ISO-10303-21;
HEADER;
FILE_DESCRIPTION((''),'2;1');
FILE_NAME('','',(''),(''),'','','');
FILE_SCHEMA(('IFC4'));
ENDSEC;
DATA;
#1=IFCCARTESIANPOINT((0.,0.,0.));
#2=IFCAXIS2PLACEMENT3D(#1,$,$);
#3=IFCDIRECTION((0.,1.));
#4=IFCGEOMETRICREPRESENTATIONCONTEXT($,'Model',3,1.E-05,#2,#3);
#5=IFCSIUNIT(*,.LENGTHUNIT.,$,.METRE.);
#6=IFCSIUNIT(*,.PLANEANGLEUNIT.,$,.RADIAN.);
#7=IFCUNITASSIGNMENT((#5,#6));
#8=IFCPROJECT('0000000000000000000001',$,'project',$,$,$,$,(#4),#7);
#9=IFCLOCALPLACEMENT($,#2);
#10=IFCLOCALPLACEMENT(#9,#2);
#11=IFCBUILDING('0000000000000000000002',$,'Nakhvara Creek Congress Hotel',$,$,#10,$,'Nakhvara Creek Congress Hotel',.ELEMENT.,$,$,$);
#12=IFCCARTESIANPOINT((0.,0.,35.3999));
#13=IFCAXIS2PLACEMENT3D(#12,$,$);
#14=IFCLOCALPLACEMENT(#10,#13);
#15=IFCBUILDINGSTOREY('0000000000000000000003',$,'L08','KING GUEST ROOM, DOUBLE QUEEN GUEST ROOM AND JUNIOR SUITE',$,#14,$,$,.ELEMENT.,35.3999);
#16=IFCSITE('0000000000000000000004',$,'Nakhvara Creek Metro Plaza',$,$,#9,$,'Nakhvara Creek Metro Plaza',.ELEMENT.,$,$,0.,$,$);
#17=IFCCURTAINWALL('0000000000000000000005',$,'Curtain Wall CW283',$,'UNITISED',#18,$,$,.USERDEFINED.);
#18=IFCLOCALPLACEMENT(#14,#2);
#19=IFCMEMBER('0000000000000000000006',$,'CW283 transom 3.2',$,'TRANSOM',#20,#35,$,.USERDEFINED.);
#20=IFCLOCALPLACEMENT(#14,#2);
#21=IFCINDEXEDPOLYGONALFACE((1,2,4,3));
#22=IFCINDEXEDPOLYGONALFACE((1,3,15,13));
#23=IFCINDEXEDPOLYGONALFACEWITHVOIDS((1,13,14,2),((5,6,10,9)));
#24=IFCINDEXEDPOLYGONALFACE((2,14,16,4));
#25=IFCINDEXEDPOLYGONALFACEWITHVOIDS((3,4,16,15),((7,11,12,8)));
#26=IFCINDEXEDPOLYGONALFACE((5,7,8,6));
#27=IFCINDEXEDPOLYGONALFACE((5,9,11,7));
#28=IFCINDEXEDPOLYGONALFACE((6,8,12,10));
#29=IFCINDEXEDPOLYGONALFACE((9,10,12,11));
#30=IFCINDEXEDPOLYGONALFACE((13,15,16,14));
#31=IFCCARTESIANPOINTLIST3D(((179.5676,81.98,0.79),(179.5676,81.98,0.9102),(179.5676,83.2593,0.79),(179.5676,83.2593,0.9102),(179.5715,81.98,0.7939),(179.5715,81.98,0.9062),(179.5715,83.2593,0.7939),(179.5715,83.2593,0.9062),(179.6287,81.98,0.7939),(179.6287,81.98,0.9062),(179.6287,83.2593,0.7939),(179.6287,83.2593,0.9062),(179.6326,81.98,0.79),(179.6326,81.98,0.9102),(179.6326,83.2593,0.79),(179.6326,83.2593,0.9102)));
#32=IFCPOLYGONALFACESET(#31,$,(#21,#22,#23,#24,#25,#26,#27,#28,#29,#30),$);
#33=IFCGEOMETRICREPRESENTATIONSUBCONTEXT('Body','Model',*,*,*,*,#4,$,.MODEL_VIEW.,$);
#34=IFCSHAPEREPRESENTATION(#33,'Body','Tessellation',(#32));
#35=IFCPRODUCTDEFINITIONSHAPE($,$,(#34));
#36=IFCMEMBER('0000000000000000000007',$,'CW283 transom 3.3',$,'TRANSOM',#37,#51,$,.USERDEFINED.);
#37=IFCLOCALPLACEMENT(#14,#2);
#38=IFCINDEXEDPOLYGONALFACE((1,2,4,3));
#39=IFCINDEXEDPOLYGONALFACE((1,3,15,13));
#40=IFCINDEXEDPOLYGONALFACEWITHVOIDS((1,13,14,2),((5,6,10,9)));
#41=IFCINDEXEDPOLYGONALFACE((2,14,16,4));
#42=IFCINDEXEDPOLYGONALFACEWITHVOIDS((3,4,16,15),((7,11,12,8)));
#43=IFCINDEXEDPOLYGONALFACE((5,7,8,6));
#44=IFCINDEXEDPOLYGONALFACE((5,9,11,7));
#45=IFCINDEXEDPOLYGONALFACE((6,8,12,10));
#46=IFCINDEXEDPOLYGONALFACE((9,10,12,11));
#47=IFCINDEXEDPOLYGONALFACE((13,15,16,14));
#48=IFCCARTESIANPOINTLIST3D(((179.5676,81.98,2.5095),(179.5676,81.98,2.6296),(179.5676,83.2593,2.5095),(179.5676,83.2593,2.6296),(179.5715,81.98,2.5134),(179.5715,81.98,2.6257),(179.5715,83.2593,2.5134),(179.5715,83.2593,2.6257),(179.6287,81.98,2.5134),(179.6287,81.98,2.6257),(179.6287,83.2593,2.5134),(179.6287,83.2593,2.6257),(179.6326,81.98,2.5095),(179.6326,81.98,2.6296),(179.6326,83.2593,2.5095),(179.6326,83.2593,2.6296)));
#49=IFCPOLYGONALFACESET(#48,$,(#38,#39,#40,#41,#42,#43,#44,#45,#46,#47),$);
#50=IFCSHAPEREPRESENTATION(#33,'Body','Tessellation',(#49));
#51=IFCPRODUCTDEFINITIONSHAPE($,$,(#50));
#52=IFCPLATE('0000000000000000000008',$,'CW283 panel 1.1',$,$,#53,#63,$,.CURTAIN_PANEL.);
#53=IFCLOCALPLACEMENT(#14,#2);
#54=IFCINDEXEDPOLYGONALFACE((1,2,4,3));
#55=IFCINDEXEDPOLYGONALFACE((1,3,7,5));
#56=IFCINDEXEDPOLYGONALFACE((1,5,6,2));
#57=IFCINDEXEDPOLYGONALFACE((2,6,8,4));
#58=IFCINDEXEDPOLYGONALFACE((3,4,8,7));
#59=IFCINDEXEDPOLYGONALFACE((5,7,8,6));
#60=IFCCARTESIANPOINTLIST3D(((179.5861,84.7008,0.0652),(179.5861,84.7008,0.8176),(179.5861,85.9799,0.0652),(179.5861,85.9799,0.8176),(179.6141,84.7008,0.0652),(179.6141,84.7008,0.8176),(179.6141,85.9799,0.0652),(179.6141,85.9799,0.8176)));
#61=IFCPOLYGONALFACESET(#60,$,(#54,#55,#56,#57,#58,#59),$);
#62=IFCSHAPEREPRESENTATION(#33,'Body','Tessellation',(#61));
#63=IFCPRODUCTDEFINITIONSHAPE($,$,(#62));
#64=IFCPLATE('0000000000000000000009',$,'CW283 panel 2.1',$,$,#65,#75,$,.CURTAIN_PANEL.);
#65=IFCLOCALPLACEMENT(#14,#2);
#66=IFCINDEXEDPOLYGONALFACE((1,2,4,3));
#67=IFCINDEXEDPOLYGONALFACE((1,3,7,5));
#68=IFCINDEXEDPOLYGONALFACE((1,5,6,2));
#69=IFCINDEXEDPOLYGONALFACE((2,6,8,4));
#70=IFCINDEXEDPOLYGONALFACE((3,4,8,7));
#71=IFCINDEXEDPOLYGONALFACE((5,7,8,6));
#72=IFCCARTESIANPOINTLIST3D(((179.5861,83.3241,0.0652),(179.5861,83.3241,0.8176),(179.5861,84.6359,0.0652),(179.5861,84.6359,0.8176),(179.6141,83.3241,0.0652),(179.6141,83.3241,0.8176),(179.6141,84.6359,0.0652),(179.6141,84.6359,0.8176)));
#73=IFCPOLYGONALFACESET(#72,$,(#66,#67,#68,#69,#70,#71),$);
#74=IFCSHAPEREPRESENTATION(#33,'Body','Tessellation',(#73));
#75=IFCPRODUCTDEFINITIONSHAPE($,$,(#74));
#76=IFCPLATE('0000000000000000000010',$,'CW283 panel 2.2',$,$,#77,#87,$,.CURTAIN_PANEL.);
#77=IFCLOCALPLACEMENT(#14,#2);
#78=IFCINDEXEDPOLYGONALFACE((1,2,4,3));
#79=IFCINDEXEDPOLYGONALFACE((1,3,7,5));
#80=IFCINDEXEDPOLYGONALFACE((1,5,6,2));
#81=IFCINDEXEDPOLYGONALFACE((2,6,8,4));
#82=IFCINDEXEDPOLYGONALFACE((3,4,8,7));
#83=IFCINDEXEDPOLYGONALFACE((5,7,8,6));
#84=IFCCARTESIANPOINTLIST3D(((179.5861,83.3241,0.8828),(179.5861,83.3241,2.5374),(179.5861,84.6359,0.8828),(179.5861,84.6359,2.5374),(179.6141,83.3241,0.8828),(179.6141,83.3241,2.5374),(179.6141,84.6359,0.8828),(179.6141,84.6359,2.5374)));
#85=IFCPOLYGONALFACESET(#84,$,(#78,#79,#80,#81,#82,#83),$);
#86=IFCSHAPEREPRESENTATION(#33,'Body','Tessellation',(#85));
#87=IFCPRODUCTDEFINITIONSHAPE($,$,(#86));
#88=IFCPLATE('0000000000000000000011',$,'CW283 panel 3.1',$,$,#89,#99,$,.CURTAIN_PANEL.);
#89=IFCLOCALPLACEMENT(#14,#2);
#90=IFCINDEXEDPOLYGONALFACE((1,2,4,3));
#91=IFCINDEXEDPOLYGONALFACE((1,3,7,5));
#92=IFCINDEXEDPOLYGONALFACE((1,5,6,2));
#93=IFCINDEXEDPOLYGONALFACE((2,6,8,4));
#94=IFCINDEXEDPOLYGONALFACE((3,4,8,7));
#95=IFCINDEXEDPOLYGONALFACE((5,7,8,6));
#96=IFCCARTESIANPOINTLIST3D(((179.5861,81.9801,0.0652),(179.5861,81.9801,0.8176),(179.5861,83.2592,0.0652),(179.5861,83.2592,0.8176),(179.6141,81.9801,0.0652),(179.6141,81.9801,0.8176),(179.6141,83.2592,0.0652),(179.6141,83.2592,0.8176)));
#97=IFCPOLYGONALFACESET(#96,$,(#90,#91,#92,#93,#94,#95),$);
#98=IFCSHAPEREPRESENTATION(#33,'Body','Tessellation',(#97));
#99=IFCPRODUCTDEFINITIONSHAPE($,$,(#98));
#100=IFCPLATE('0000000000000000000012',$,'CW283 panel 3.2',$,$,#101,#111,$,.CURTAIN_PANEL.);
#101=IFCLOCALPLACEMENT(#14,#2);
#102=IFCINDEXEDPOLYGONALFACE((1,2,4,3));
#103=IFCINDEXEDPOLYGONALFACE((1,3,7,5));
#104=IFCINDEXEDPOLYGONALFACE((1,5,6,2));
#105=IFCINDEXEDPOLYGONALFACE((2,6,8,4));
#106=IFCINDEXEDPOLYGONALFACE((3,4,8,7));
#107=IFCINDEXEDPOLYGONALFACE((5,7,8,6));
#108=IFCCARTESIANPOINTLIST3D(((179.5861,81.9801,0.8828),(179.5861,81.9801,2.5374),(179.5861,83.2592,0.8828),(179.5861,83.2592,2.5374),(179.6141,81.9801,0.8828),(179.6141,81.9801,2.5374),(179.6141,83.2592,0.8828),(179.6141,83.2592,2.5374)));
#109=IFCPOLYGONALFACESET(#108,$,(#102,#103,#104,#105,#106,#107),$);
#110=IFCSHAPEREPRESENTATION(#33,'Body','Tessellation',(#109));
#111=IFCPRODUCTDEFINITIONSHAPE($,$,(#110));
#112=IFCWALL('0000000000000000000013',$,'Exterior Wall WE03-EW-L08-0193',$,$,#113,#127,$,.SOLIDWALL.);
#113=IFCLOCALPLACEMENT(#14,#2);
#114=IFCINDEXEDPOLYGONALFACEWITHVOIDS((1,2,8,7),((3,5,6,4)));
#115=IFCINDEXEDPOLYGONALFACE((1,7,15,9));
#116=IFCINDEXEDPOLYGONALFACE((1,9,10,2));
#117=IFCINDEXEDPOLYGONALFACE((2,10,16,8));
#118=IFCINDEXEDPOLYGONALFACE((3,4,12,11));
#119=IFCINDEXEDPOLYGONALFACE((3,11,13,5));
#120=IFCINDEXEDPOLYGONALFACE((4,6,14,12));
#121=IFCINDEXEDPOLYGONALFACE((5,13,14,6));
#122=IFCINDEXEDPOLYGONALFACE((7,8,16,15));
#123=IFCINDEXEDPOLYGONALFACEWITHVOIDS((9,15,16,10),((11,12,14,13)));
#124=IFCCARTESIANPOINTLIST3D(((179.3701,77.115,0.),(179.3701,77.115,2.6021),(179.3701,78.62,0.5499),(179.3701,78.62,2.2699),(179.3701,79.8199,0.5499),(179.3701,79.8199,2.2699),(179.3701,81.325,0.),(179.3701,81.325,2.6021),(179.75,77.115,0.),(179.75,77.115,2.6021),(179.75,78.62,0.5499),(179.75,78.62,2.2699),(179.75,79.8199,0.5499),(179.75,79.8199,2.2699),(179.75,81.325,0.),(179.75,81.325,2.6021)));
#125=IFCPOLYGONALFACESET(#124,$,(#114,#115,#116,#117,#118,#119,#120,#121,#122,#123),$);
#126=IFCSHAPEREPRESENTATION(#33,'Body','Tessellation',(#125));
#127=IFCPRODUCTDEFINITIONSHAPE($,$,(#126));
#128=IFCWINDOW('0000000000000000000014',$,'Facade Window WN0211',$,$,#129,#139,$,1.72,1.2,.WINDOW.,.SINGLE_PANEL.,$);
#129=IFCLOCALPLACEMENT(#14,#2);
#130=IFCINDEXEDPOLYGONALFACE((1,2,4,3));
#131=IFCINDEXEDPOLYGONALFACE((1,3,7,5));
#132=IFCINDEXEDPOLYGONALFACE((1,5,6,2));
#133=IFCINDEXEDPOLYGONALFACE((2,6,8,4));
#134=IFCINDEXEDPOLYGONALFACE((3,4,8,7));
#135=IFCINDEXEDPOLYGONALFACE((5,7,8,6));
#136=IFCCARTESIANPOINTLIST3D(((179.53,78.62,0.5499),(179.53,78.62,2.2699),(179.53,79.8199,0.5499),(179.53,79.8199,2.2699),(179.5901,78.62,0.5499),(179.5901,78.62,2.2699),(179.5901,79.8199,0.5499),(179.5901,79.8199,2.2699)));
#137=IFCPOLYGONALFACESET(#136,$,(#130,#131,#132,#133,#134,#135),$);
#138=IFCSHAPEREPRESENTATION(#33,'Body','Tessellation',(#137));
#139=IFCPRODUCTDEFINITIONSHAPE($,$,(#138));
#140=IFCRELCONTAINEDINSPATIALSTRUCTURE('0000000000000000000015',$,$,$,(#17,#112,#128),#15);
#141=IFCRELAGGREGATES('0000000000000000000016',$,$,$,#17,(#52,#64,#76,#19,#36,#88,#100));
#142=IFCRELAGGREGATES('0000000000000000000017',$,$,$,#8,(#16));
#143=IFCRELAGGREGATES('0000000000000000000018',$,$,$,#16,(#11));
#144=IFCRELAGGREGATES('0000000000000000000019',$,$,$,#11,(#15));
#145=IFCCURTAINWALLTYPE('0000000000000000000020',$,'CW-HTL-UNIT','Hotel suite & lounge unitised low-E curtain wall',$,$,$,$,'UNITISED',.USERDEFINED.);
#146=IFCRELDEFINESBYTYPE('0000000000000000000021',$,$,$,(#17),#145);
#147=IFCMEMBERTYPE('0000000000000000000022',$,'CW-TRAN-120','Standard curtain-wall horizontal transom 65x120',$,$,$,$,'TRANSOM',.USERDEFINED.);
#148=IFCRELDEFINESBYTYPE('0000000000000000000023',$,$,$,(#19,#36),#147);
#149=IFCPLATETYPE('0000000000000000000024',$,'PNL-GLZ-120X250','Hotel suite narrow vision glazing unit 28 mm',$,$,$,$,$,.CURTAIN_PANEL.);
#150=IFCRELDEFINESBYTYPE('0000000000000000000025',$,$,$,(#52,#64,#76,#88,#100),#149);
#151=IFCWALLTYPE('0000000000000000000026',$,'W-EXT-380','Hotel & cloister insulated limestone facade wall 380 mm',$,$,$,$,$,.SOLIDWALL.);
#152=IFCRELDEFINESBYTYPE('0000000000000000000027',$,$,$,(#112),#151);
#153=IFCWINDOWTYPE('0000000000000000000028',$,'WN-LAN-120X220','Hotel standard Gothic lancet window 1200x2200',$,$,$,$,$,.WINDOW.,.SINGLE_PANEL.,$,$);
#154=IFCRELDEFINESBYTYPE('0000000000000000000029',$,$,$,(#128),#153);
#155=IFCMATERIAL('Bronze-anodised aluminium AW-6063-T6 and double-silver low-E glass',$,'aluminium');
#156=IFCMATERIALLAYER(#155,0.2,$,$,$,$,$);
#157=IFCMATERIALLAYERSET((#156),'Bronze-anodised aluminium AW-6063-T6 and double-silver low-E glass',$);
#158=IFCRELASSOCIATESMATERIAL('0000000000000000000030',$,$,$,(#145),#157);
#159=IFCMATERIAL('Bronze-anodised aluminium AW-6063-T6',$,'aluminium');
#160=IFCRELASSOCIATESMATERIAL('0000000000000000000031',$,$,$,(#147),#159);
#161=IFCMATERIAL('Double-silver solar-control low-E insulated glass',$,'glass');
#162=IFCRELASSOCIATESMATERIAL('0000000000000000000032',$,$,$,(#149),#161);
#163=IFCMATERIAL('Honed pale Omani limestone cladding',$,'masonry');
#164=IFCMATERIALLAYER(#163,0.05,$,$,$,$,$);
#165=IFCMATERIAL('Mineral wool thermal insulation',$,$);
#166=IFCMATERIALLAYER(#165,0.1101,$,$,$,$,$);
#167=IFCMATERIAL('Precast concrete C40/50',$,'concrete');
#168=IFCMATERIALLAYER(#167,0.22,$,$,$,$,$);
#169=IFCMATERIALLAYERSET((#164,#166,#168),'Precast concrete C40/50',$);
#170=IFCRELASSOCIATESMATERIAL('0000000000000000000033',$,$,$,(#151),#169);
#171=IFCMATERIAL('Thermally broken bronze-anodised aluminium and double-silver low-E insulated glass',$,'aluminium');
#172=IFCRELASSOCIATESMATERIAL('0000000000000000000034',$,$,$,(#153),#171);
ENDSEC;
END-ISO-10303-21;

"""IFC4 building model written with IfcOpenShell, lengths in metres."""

from ifc_helpers import new_model, si_unit, direction, frame, frame_2d, origin, origin_2d, place, context, subcontext, project, spatial, rectangle, hollow_rectangle, extrude, material, layer, layer_set, material_profile, profile_set, type_object, element, fill, aggregate, save


model = new_model("IFC4")

# Units and contexts
model_context = context("Model", 3, precision=1e-05, world=origin(), true_north=direction((0.0, 1.0)))
body_context = subcontext(model_context, "Body", "Model", "MODEL_VIEW")
ifc_project = project(units=[si_unit("LENGTHUNIT", "METRE"), si_unit("PLANEANGLEUNIT", "RADIAN")], contexts=[model_context])

# Site, building, storey
site_placement = place(None, origin())
site = spatial("IfcSite", under=ifc_project, at=site_placement, Name="Nakhvara Creek Metro Plaza", LongName="Nakhvara Creek Metro Plaza", CompositionType="ELEMENT", RefElevation=0.0)
building_placement = place(site_placement, origin())
building = spatial("IfcBuilding", under=site, at=building_placement, Name="Nakhvara Creek Congress Hotel", LongName="Nakhvara Creek Congress Hotel", CompositionType="ELEMENT")
storey_placement = place(building_placement, frame((0.0, 0.0, 35.3999)))
storey = spatial("IfcBuildingStorey", under=building, at=storey_placement, Name="L08", Description="KING GUEST ROOM, DOUBLE QUEEN GUEST ROOM AND JUNIOR SUITE", CompositionType="ELEMENT", Elevation=35.3999)

# Curtain wall, members, plates
ifc_material_1 = material(Name="Bronze-anodised aluminium AW-6063-T6 and double-silver low-E glass", Category="aluminium")
ifc_layer_1 = layer(ifc_material_1, 0.2)
ifc_layer_set_1 = layer_set([ifc_layer_1], Name="Bronze-anodised aluminium AW-6063-T6 and double-silver low-E glass")
curtain_wall_type = type_object("IfcCurtainWallType", Name="CW-HTL-UNIT", Description="Hotel suite & lounge unitised low-E curtain wall", ElementType="UNITISED", PredefinedType="USERDEFINED", material=ifc_layer_set_1)
curtain_wall_placement = place(storey_placement, origin())
curtain_wall = element("IfcCurtainWall", 1, at=curtain_wall_placement, inside=storey, type_object=curtain_wall_type, Name="Curtain Wall CW283", ObjectType="UNITISED", PredefinedType="USERDEFINED")
ifc_material_2 = material(Name="Bronze-anodised aluminium AW-6063-T6", Category="aluminium")
ifc_material_profile_1 = material_profile(ifc_material_2, hollow_rectangle(XDim=0.0649, YDim=0.1201, WallThickness=0.0039, at=origin_2d()), Name="ALU-TRAN 65x120x4", Category="LoadBearing")
ifc_profile_set_1 = profile_set([ifc_material_profile_1], Name="Bronze-anodised aluminium AW-6063-T6")
member_type_1 = type_object("IfcMemberType", Name="CW-TRAN-120", Description="Standard curtain-wall horizontal transom 65x120", ElementType="TRANSOM", PredefinedType="USERDEFINED", material=ifc_profile_set_1)
member_1_placement = place(storey_placement, frame((179.6001, 83.2593, 0.8501), z_axis=(0.0, -1.0, 0.0), x_axis=(1.0, 0.0, 0.0)))
member_1 = element("IfcMember", 2, at=member_1_placement, type_object=member_type_1, Name="CW283 transom 3.2", ObjectType="TRANSOM", PredefinedType="USERDEFINED", context=body_context, shape_type="SweptSolid", body=[
    extrude(hollow_rectangle(XDim=0.0649, YDim=0.1201, WallThickness=0.0039, at=origin_2d()), origin(), (0.0, 0.0, 1.0), 1.2793),
])
member_2_placement = place(storey_placement, frame((179.6001, 83.2593, 2.5696), z_axis=(0.0, -1.0, 0.0), x_axis=(1.0, 0.0, 0.0)))
member_2 = element("IfcMember", 3, at=member_2_placement, type_object=member_type_1, Name="CW283 transom 3.3", ObjectType="TRANSOM", PredefinedType="USERDEFINED", context=body_context, shape_type="SweptSolid", body=[
    extrude(hollow_rectangle(XDim=0.0649, YDim=0.1201, WallThickness=0.0039, at=origin_2d()), origin(), (0.0, 0.0, 1.0), 1.2793),
])
ifc_material_3 = material(Name="Double-silver solar-control low-E insulated glass", Category="glass")
plate_type = type_object("IfcPlateType", Name="PNL-GLZ-120X250", Description="Hotel suite narrow vision glazing unit 28 mm", PredefinedType="CURTAIN_PANEL", material=ifc_material_3)
plate_1_placement = place(storey_placement, frame((179.6001, 85.3403, 0.0652), z_axis=(0.0, 0.0, 1.0), x_axis=(0.0, -1.0, 0.0)))
plate_1 = element("IfcPlate", 4, at=plate_1_placement, type_object=plate_type, Name="CW283 panel 1.1", PredefinedType="CURTAIN_PANEL", context=body_context, shape_type="SweptSolid", body=[
    extrude(rectangle(XDim=1.2791, YDim=0.0281, at=origin_2d()), origin(), (0.0, 0.0, 1.0), 0.7524),
])
plate_2_placement = place(storey_placement, frame((179.6001, 83.98, 0.0652), z_axis=(0.0, 0.0, 1.0), x_axis=(0.0, -1.0, 0.0)))
plate_2 = element("IfcPlate", 5, at=plate_2_placement, type_object=plate_type, Name="CW283 panel 2.1", PredefinedType="CURTAIN_PANEL", context=body_context, shape_type="SweptSolid", body=[
    extrude(rectangle(XDim=1.3118, YDim=0.0281, at=origin_2d()), origin(), (0.0, 0.0, 1.0), 0.7524),
])
plate_3_placement = place(storey_placement, frame((179.6001, 83.98, 0.8828), z_axis=(0.0, 0.0, 1.0), x_axis=(0.0, -1.0, 0.0)))
plate_3 = element("IfcPlate", 6, at=plate_3_placement, type_object=plate_type, Name="CW283 panel 2.2", PredefinedType="CURTAIN_PANEL", context=body_context, shape_type="SweptSolid", body=[
    extrude(rectangle(XDim=1.3118, YDim=0.0281, at=origin_2d()), origin(), (0.0, 0.0, 1.0), 1.6545),
])
plate_4_placement = place(storey_placement, frame((179.6001, 82.6196, 0.0652), z_axis=(0.0, 0.0, 1.0), x_axis=(0.0, -1.0, 0.0)))
plate_4 = element("IfcPlate", 7, at=plate_4_placement, type_object=plate_type, Name="CW283 panel 3.1", PredefinedType="CURTAIN_PANEL", context=body_context, shape_type="SweptSolid", body=[
    extrude(rectangle(XDim=1.2791, YDim=0.0281, at=origin_2d()), origin(), (0.0, 0.0, 1.0), 0.7524),
])
plate_5_placement = place(storey_placement, frame((179.6001, 82.6196, 0.8828), z_axis=(0.0, 0.0, 1.0), x_axis=(0.0, -1.0, 0.0)))
plate_5 = element("IfcPlate", 8, at=plate_5_placement, type_object=plate_type, Name="CW283 panel 3.2", PredefinedType="CURTAIN_PANEL", context=body_context, shape_type="SweptSolid", body=[
    extrude(rectangle(XDim=1.2791, YDim=0.0281, at=origin_2d()), origin(), (0.0, 0.0, 1.0), 1.6545),
])
aggregate(curtain_wall, [plate_1, plate_2, plate_3, member_1, member_2, plate_4, plate_5])

# Wall, opening, window
ifc_material_4 = material(Name="Honed pale Omani limestone cladding", Category="masonry")
ifc_layer_2 = layer(ifc_material_4, 0.05)
ifc_material_5 = material(Name="Mineral wool thermal insulation")
ifc_layer_3 = layer(ifc_material_5, 0.1101)
ifc_material_6 = material(Name="Precast concrete C40/50", Category="concrete")
ifc_layer_4 = layer(ifc_material_6, 0.22)
ifc_layer_set_2 = layer_set([ifc_layer_2, ifc_layer_3, ifc_layer_4], Name="Precast concrete C40/50")
wall_type = type_object("IfcWallType", Name="W-EXT-380", Description="Hotel & cloister insulated limestone facade wall 380 mm", PredefinedType="SOLIDWALL", material=ifc_layer_set_2)
wall_placement = place(storey_placement, frame((179.5601, 81.325, 0.0), z_axis=(0.0, 0.0, 1.0), x_axis=(0.0, -1.0, 0.0)))
wall = element("IfcWall", 9, at=wall_placement, inside=storey, type_object=wall_type, Name="Exterior Wall WE03-EW-L08-0193", PredefinedType="SOLIDWALL", context=body_context, shape_type="SweptSolid", body=[
    extrude(rectangle(XDim=4.21, YDim=0.3799, at=frame_2d((2.105, 0.0))), origin(), (0.0, 0.0, 1.0), 2.6021),
])
opening_placement = place(wall_placement, frame((1.5049, 0.0, 0.55)))
opening = element("IfcOpeningElement", 10, at=opening_placement, cuts=wall, PredefinedType="OPENING", context=body_context, shape_type="SweptSolid", body=[
    extrude(rectangle(XDim=1.2, YDim=1.72, at=frame_2d((0.6001, 0.8599))), frame((0.0, 0.2019, 0.0), z_axis=(0.0, -1.0, 0.0), x_axis=(1.0, 0.0, 0.0)), (0.0, 0.0, 1.0), 0.4038),
])
ifc_material_7 = material(Name="Thermally broken bronze-anodised aluminium and double-silver low-E insulated glass", Category="aluminium")
window_type = type_object("IfcWindowType", Name="WN-LAN-120X220", Description="Hotel standard Gothic lancet window 1200x2200", PartitioningType="SINGLE_PANEL", PredefinedType="WINDOW", material=ifc_material_7)
window_placement = place(opening_placement, origin())
window = element("IfcWindow", 11, at=window_placement, inside=storey, type_object=window_type, Name="Facade Window WN0211", OverallHeight=1.72, OverallWidth=1.2, PartitioningType="SINGLE_PANEL", PredefinedType="WINDOW", context=body_context, shape_type="SweptSolid", body=[
    extrude(rectangle(XDim=1.2, YDim=1.72, at=frame_2d((0.6001, 0.8599))), frame((0.0, 0.03, 0.0), z_axis=(0.0, -1.0, 0.0), x_axis=(1.0, 0.0, 0.0)), (0.0, 0.0, 1.0), 0.0601),
])
fill(opening, window)

save(model, "model.ifc")
